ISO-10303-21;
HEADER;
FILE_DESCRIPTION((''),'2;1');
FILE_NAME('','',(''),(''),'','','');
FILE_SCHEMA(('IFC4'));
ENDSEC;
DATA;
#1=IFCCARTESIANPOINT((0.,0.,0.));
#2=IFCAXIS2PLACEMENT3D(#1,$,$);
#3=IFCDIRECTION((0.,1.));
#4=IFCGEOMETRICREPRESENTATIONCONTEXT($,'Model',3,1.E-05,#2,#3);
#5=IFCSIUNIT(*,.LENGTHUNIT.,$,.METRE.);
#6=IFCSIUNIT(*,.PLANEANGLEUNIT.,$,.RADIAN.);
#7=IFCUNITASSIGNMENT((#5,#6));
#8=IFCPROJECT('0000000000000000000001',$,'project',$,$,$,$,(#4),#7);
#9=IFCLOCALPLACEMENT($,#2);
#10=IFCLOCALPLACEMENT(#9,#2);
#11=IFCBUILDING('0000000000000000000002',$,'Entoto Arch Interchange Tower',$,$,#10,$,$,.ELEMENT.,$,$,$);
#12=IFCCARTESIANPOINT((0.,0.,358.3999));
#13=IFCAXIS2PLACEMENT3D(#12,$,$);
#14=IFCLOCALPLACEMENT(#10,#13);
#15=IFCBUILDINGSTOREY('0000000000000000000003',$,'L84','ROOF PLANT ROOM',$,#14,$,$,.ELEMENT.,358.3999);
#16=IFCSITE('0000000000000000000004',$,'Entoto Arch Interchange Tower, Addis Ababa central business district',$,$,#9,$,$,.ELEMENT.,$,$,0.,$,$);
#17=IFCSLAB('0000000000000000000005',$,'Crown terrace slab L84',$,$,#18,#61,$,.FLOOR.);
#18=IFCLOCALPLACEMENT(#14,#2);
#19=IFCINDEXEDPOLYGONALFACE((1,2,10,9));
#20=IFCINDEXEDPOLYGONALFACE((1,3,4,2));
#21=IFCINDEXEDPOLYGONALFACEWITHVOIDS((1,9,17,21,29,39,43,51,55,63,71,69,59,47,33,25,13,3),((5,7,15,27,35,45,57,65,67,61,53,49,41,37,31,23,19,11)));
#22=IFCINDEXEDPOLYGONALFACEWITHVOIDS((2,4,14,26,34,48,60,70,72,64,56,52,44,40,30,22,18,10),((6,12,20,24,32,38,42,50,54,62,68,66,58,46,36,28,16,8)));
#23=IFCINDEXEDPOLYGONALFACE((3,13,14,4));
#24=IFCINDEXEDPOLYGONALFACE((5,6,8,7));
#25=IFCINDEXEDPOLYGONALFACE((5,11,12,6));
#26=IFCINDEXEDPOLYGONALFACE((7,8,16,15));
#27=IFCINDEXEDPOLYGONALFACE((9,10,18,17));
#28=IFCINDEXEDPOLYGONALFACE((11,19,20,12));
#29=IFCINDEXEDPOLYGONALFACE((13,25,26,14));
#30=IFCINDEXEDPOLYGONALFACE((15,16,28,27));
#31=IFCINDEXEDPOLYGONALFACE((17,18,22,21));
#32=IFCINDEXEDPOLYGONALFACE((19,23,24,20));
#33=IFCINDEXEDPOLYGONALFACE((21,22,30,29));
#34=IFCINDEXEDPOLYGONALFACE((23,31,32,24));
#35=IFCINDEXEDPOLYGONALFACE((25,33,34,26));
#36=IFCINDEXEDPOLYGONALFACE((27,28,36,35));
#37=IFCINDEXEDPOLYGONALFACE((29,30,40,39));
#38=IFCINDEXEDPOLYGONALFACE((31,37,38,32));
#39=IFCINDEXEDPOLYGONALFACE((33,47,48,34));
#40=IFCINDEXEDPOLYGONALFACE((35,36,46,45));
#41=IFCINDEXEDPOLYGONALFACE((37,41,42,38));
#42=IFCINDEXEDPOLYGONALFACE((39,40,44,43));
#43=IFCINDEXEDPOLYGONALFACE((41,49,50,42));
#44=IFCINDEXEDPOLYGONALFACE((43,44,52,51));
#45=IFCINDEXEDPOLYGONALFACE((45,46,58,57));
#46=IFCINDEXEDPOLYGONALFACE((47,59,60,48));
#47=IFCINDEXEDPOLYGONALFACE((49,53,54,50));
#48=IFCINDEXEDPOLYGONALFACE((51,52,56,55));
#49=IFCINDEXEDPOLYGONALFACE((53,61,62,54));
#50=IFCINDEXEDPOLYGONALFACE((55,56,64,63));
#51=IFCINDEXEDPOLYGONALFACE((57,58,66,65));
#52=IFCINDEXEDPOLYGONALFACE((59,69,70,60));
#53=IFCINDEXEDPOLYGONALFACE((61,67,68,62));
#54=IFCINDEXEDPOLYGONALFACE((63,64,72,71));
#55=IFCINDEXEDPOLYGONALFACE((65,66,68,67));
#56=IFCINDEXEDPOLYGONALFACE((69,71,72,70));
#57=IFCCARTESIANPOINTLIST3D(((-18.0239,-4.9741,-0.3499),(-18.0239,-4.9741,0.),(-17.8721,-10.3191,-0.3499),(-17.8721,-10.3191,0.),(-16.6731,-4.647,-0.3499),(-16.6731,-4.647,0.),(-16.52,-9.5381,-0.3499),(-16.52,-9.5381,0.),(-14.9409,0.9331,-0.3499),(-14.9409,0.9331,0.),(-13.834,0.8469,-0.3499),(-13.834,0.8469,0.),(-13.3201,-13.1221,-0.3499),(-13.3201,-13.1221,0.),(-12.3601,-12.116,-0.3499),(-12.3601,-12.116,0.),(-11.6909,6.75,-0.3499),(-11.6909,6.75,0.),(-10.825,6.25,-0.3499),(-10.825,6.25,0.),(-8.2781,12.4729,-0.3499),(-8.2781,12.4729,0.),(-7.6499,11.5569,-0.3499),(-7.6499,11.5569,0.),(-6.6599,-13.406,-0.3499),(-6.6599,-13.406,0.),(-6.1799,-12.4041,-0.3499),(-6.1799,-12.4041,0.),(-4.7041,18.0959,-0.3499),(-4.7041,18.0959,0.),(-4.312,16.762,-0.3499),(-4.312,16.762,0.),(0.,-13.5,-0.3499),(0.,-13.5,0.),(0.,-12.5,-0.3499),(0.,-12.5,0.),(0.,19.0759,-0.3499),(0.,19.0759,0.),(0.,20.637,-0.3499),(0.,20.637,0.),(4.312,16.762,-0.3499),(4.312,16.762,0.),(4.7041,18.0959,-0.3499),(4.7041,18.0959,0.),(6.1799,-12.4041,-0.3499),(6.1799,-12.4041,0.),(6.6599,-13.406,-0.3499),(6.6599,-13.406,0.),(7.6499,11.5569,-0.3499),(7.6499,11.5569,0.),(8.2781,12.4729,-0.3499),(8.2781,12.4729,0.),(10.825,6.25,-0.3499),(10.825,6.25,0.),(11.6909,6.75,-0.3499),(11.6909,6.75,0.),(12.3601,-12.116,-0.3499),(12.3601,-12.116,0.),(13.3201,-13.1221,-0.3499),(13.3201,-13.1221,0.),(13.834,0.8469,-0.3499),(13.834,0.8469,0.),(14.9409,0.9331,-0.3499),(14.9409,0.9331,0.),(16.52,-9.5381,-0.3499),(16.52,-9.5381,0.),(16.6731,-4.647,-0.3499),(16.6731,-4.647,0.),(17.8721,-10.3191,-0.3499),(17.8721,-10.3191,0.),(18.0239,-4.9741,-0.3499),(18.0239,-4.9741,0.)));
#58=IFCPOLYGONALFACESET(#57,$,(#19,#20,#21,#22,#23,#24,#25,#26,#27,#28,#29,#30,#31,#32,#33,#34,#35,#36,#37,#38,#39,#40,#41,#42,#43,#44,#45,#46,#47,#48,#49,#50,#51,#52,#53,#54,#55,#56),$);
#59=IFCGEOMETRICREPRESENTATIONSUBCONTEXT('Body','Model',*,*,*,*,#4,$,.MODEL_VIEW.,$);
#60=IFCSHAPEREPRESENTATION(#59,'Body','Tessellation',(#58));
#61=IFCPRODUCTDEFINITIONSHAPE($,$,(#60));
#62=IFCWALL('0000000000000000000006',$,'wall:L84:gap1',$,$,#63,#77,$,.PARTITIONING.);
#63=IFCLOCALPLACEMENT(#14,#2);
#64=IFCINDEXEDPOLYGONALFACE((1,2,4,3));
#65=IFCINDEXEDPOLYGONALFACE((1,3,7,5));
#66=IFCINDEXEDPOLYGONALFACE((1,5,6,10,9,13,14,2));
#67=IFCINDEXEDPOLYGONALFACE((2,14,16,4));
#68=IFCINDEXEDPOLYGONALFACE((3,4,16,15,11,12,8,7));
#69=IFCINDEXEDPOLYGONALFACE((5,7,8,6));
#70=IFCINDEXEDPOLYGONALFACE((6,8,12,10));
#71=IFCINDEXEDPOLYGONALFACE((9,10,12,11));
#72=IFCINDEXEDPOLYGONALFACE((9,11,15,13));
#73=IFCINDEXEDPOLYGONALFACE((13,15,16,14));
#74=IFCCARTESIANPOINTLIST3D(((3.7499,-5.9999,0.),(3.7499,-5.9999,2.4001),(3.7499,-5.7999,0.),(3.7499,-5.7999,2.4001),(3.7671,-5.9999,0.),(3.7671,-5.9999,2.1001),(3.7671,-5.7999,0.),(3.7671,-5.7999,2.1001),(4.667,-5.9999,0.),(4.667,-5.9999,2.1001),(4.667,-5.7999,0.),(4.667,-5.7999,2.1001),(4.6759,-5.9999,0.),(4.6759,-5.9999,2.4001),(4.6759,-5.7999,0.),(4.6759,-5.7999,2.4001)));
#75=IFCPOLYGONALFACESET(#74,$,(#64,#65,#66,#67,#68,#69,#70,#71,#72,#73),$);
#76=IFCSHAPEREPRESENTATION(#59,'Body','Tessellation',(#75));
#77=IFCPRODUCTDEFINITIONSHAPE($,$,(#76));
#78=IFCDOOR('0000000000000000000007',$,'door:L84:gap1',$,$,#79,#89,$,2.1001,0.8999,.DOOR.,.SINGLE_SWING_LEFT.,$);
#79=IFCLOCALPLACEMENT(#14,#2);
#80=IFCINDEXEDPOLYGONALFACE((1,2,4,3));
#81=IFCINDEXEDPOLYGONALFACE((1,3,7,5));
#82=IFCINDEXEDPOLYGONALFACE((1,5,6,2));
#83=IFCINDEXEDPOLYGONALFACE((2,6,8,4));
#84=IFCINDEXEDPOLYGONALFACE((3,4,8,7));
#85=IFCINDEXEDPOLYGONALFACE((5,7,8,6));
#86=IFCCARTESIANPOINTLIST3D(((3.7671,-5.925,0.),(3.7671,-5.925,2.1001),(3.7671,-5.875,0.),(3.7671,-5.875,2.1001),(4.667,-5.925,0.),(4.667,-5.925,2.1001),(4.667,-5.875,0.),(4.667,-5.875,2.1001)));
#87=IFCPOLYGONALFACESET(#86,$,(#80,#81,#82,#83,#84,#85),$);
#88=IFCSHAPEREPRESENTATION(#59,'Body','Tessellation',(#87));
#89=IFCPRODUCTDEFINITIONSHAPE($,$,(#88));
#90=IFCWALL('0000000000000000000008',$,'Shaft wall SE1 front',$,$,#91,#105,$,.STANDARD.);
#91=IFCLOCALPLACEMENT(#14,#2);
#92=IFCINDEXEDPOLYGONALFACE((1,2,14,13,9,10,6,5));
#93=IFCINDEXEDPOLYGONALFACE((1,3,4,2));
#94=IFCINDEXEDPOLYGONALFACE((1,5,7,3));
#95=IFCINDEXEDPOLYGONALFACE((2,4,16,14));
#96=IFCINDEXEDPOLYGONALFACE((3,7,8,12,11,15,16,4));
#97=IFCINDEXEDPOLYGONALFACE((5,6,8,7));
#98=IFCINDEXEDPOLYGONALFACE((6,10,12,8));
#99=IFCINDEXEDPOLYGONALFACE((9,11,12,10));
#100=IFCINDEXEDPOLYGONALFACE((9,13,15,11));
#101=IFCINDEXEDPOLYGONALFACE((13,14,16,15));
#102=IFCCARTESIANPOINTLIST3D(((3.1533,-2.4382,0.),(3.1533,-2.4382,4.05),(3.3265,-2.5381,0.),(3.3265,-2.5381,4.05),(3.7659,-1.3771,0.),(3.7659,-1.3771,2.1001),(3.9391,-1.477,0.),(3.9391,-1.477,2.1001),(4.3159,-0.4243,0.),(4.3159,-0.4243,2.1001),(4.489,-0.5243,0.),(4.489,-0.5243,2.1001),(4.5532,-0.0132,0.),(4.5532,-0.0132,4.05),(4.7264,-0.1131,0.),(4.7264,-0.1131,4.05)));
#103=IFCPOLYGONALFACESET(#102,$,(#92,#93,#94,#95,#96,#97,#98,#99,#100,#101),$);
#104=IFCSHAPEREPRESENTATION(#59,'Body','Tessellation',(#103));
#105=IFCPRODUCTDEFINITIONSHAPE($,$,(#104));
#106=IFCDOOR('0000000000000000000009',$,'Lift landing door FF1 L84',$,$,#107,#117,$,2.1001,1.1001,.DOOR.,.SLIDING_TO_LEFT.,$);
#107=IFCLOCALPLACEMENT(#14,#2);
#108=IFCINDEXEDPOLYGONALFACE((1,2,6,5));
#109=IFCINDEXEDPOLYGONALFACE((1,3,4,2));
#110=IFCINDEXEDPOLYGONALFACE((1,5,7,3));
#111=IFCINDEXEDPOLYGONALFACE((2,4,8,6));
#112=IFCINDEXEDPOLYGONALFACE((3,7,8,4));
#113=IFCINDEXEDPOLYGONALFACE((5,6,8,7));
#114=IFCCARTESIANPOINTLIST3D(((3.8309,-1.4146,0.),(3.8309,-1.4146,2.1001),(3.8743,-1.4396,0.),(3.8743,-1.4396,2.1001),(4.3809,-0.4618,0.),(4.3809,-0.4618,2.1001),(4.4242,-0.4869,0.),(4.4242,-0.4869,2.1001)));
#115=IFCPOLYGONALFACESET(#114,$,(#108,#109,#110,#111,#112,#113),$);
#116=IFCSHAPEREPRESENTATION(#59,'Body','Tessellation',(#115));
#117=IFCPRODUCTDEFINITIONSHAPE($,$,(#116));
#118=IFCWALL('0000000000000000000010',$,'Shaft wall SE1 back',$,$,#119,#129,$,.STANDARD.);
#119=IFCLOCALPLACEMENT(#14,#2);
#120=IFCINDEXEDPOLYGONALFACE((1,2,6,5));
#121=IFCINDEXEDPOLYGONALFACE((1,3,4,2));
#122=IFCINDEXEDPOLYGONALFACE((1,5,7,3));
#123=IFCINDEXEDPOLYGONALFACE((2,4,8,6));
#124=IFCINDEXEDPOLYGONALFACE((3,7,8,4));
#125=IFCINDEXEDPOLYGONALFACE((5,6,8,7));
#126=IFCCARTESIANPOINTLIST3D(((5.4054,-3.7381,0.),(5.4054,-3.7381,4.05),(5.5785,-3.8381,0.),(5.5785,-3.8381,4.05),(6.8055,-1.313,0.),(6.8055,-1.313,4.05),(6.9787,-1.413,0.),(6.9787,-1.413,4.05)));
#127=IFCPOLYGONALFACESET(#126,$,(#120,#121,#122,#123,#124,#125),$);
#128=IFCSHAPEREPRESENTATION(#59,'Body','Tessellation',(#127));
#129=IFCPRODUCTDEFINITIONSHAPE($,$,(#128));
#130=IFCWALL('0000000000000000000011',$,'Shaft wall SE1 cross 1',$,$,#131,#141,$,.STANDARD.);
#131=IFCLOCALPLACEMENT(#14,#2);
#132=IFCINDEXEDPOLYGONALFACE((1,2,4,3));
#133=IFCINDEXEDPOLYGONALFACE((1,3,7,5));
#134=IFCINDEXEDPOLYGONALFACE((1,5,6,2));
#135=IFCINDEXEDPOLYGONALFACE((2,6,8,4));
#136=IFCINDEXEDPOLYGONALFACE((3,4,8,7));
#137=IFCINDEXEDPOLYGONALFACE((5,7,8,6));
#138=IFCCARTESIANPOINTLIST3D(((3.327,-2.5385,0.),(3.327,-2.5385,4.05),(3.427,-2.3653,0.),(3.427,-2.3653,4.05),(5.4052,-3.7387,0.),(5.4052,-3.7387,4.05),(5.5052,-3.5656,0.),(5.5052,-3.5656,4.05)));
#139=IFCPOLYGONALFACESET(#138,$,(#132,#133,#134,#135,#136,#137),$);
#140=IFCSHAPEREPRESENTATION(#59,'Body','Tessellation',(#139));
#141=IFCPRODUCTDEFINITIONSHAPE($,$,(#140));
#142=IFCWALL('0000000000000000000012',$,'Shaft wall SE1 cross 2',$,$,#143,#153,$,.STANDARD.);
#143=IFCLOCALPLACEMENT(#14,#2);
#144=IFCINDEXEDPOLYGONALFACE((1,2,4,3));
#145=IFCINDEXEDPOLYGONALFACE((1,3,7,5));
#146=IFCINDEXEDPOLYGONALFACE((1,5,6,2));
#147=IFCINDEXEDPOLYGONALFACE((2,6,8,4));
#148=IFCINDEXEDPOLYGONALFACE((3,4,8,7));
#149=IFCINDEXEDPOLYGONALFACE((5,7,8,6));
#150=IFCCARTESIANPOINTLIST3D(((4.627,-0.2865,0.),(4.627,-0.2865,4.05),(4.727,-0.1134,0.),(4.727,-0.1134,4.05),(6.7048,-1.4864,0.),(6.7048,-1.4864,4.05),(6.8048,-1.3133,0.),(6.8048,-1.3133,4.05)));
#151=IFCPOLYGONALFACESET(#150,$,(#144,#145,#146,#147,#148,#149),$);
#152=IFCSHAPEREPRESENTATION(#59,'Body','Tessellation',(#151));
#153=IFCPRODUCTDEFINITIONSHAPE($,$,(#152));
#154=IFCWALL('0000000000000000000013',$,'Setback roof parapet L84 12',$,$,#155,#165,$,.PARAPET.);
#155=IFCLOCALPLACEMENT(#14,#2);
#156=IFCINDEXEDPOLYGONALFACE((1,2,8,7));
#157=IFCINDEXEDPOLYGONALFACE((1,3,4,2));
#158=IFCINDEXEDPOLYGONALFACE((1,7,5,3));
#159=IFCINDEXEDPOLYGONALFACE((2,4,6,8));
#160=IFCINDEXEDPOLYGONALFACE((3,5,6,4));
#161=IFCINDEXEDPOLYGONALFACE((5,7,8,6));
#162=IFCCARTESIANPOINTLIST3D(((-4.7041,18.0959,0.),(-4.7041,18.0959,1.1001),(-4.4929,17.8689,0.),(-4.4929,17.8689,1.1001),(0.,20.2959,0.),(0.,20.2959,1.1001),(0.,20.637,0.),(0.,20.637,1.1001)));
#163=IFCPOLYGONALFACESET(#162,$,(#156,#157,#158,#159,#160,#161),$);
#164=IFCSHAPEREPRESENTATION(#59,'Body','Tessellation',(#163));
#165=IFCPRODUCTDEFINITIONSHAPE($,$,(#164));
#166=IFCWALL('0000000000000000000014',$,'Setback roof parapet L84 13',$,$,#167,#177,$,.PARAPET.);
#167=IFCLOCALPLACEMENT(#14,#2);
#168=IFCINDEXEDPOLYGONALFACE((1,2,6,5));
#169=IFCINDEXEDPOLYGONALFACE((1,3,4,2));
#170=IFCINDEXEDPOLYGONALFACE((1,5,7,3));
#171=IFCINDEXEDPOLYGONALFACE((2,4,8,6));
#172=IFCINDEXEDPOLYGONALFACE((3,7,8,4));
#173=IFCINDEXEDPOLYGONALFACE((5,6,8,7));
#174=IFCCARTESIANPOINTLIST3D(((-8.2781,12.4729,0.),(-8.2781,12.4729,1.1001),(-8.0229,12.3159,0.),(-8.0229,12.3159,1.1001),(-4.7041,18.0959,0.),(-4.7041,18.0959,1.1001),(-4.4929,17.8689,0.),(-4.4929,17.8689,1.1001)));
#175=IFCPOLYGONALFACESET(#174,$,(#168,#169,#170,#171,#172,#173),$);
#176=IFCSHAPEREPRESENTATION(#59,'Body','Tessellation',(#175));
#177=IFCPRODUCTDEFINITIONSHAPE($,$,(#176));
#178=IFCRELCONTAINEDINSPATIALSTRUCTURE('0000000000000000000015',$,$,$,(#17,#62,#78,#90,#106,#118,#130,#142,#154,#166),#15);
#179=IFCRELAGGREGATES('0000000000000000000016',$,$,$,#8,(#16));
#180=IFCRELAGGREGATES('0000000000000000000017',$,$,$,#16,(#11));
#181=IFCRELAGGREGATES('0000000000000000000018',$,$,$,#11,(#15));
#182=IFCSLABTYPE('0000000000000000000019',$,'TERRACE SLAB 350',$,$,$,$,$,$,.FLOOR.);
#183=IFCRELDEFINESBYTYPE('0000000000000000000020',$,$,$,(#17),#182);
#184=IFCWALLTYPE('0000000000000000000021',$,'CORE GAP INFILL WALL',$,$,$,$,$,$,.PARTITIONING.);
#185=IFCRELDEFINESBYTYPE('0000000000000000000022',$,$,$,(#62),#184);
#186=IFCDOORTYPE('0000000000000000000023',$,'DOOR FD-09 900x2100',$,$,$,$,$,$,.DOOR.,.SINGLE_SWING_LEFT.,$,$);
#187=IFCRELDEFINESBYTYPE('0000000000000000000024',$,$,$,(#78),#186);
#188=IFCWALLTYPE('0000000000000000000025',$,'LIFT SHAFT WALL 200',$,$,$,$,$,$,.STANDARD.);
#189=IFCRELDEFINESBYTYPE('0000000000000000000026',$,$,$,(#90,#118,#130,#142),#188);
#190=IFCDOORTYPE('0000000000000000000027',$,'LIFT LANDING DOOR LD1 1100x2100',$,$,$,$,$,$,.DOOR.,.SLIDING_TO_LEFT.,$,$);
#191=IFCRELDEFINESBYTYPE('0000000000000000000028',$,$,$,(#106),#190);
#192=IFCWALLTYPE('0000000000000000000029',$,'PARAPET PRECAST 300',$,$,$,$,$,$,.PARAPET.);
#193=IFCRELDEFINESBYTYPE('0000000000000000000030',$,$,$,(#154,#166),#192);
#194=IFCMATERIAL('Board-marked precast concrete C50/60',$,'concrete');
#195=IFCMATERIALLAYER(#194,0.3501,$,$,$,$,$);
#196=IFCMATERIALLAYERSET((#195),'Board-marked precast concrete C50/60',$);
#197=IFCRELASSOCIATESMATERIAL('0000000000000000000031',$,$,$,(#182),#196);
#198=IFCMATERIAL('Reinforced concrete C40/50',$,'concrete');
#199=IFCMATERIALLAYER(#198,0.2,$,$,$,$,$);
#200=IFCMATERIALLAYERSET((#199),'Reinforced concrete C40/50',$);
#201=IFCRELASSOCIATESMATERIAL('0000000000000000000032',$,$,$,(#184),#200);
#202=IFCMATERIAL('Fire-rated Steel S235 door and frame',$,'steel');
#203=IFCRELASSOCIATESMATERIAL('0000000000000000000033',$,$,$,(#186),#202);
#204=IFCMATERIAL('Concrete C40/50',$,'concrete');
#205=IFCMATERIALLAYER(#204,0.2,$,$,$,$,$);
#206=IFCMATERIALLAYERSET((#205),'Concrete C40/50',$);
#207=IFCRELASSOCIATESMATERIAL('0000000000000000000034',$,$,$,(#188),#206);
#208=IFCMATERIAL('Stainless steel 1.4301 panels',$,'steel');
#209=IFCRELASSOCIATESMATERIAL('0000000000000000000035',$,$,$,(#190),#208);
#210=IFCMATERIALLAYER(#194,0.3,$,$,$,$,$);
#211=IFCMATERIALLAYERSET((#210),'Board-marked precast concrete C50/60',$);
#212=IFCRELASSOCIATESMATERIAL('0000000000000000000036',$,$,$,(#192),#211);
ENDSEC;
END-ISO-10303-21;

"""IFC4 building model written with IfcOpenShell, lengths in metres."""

from ifc_helpers import new_model, si_unit, direction, frame, frame_2d, origin, place, context, subcontext, project, spatial, polyline, rectangle, outline, extrude, material, layer, layer_set, type_object, element, fill, save


model = new_model("IFC4")

# Units and contexts
model_context = context("Model", 3, precision=1e-05, world=origin(), true_north=direction((0.0, 1.0)))
body_context = subcontext(model_context, "Body", "Model", "MODEL_VIEW")
ifc_project = project(units=[si_unit("LENGTHUNIT", "METRE"), si_unit("PLANEANGLEUNIT", "RADIAN")], contexts=[model_context])

# Site, building, storey
site_placement = place(None, origin())
site = spatial("IfcSite", under=ifc_project, at=site_placement, Name="Entoto Arch Interchange Tower, Addis Ababa central business district", CompositionType="ELEMENT", RefElevation=0.0)
building_placement = place(site_placement, origin())
building = spatial("IfcBuilding", under=site, at=building_placement, Name="Entoto Arch Interchange Tower", CompositionType="ELEMENT")
storey_placement = place(building_placement, frame((0.0, 0.0, 358.3999)))
storey = spatial("IfcBuildingStorey", under=building, at=storey_placement, Name="L84", Description="ROOF PLANT ROOM", CompositionType="ELEMENT", Elevation=358.3999)

# Slab
ifc_material_1 = material(Name="Board-marked precast concrete C50/60", Category="concrete")
ifc_layer_1 = layer(ifc_material_1, 0.3501)
ifc_layer_set_1 = layer_set([ifc_layer_1], Name="Board-marked precast concrete C50/60")
slab_type = type_object("IfcSlabType", Name="TERRACE SLAB 350", PredefinedType="FLOOR", material=ifc_layer_set_1)
slab_placement = place(storey_placement, frame((0.0, 0.0, -0.3499)))
element("IfcSlab", 1, at=slab_placement, inside=storey, type_object=slab_type, Name="Crown terrace slab L84", PredefinedType="FLOOR", context=body_context, shape_type="SweptSolid", body=[
    extrude(outline(polyline([(-17.8721, -10.3191), (-18.0239, -4.9741), (-14.9409, 0.9331), (-11.6909, 6.75), (-8.2781, 12.4729), (-4.7041, 18.0959), (0.0, 20.637), (4.7041, 18.0959), (8.2781, 12.4729), (11.6909, 6.75), (14.9409, 0.9331), (18.0239, -4.9741), (17.8721, -10.3191), (13.3201, -13.1221), (6.6599, -13.406), (0.0, -13.5), (-6.6599, -13.406), (-13.3201, -13.1221), (-17.8721, -10.3191)]), holes=[polyline([(-6.1799, -12.4041), (0.0, -12.5), (6.1799, -12.4041), (12.3601, -12.116), (16.52, -9.5381), (16.6731, -4.647), (13.834, 0.8469), (10.825, 6.25), (7.6499, 11.5569), (4.312, 16.762), (0.0, 19.0759), (-4.312, 16.762), (-7.6499, 11.5569), (-10.825, 6.25), (-13.834, 0.8469), (-16.6731, -4.647), (-16.52, -9.5381), (-12.3601, -12.116), (-6.1799, -12.4041)])]), origin(), (0.0, 0.0, 1.0), 0.3499),
])

# Walls, openings, doors
ifc_material_2 = material(Name="Reinforced concrete C40/50", Category="concrete")
ifc_layer_2 = layer(ifc_material_2, 0.2)
ifc_layer_set_2 = layer_set([ifc_layer_2], Name="Reinforced concrete C40/50")
wall_type_1 = type_object("IfcWallType", Name="CORE GAP INFILL WALL", PredefinedType="PARTITIONING", material=ifc_layer_set_2)
wall_1_placement = place(storey_placement, frame((3.75, -5.8999, 0.0), z_axis=(0.0, 0.0, 1.0), x_axis=(1.0, 0.0, 0.0)))
wall_1 = element("IfcWall", 2, at=wall_1_placement, inside=storey, type_object=wall_type_1, Name="wall:L84:gap1", PredefinedType="PARTITIONING", context=body_context, shape_type="SweptSolid", body=[
    extrude(rectangle(XDim=0.926, YDim=0.2, at=frame_2d((0.4629, 0.0))), origin(), (0.0, 0.0, 1.0), 2.4001),
])
opening_1_placement = place(wall_1_placement, frame((0.0171, 0.0, 0.0)))
opening_1 = element("IfcOpeningElement", 3, at=opening_1_placement, cuts=wall_1, PredefinedType="OPENING", context=body_context, shape_type="SweptSolid", body=[
    extrude(rectangle(XDim=0.8999, YDim=2.1001, at=frame_2d((0.45, 1.05))), frame((0.0, 0.1099, 0.0), z_axis=(0.0, -1.0, 0.0), x_axis=(1.0, 0.0, 0.0)), (0.0, 0.0, 1.0), 0.22),
])
ifc_material_3 = material(Name="Fire-rated Steel S235 door and frame", Category="steel")
door_type_1 = type_object("IfcDoorType", Name="DOOR FD-09 900x2100", OperationType="SINGLE_SWING_LEFT", PredefinedType="DOOR", material=ifc_material_3)
door_1_placement = place(opening_1_placement, origin())
door_1 = element("IfcDoor", 4, at=door_1_placement, inside=storey, type_object=door_type_1, Name="door:L84:gap1", OperationType="SINGLE_SWING_LEFT", OverallHeight=2.1001, OverallWidth=0.8999, PredefinedType="DOOR", context=body_context, shape_type="SweptSolid", body=[
    extrude(rectangle(XDim=0.8999, YDim=2.1001, at=frame_2d((0.45, 1.05))), frame((0.0, 0.0249, 0.0), z_axis=(0.0, -1.0, 0.0), x_axis=(1.0, 0.0, 0.0)), (0.0, 0.0, 1.0), 0.05),
])
fill(opening_1, door_1)
ifc_material_4 = material(Name="Concrete C40/50", Category="concrete")
ifc_layer_3 = layer(ifc_material_4, 0.2)
ifc_layer_set_3 = layer_set([ifc_layer_3], Name="Concrete C40/50")
wall_type_2 = type_object("IfcWallType", Name="LIFT SHAFT WALL 200", PredefinedType="STANDARD", material=ifc_layer_set_3)
wall_2_placement = place(storey_placement, frame((3.24, -2.488, 0.0), z_axis=(0.0, 0.0, 1.0), x_axis=(0.499946, 0.866056, 0.0)))
wall_2 = element("IfcWall", 5, at=wall_2_placement, inside=storey, type_object=wall_type_2, Name="Shaft wall SE1 front", PredefinedType="STANDARD", context=body_context, shape_type="SweptSolid", body=[
    extrude(rectangle(XDim=2.8, YDim=0.2, at=frame_2d((1.3999, 0.0))), origin(), (0.0, 0.0, 1.0), 4.05),
])
opening_2_placement = place(wall_2_placement, frame((1.2251, 0.0, 0.0)))
opening_2 = element("IfcOpeningElement", 6, at=opening_2_placement, cuts=wall_2, PredefinedType="OPENING", context=body_context, shape_type="SweptSolid", body=[
    extrude(rectangle(XDim=1.1001, YDim=2.1001, at=frame_2d((0.55, 1.05))), frame((0.0, 0.1099, 0.0), z_axis=(0.0, -1.0, 0.0), x_axis=(1.0, 0.0, 0.0)), (0.0, 0.0, 1.0), 0.22),
])
ifc_material_5 = material(Name="Stainless steel 1.4301 panels", Category="steel")
door_type_2 = type_object("IfcDoorType", Name="LIFT LANDING DOOR LD1 1100x2100", OperationType="SLIDING_TO_LEFT", PredefinedType="DOOR", material=ifc_material_5)
door_2_placement = place(opening_2_placement, origin())
door_2 = element("IfcDoor", 7, at=door_2_placement, inside=storey, type_object=door_type_2, Name="Lift landing door FF1 L84", OperationType="SLIDING_TO_LEFT", OverallHeight=2.1001, OverallWidth=1.1001, PredefinedType="DOOR", context=body_context, shape_type="SweptSolid", body=[
    extrude(rectangle(XDim=1.1001, YDim=2.1001, at=frame_2d((0.55, 1.05))), frame((0.0, 0.0249, 0.0), z_axis=(0.0, -1.0, 0.0), x_axis=(1.0, 0.0, 0.0)), (0.0, 0.0, 1.0), 0.05),
])
fill(opening_2, door_2)

# Walls
wall_3_placement = place(storey_placement, frame((5.4919, -3.7881, 0.0), z_axis=(0.0, 0.0, 1.0), x_axis=(0.500012, 0.866019, 0.0)))
element("IfcWall", 8, at=wall_3_placement, inside=storey, type_object=wall_type_2, Name="Shaft wall SE1 back", PredefinedType="STANDARD", context=body_context, shape_type="SweptSolid", body=[
    extrude(rectangle(XDim=2.8003, YDim=0.2, at=frame_2d((1.4001, 0.0))), origin(), (0.0, 0.0, 1.0), 4.05),
])
wall_4_placement = place(storey_placement, frame((3.377, -2.4519, 0.0), z_axis=(0.0, 0.0, 1.0), x_axis=(0.865955, -0.500122, 0.0)))
element("IfcWall", 9, at=wall_4_placement, inside=storey, type_object=wall_type_2, Name="Shaft wall SE1 cross 1", PredefinedType="STANDARD", context=body_context, shape_type="SweptSolid", body=[
    extrude(rectangle(XDim=2.3999, YDim=0.2, at=frame_2d((1.2, 0.0))), origin(), (0.0, 0.0, 1.0), 4.05),
])
wall_5_placement = place(storey_placement, frame((4.677, -0.2, 0.0), z_axis=(0.0, 0.0, 1.0), x_axis=(0.865974, -0.500089, 0.0)))
element("IfcWall", 10, at=wall_5_placement, inside=storey, type_object=wall_type_2, Name="Shaft wall SE1 cross 2", PredefinedType="STANDARD", context=body_context, shape_type="SweptSolid", body=[
    extrude(rectangle(XDim=2.3994, YDim=0.2, at=frame_2d((1.1997, 0.0))), origin(), (0.0, 0.0, 1.0), 4.05),
])
ifc_layer_4 = layer(ifc_material_1, 0.3)
ifc_layer_set_4 = layer_set([ifc_layer_4], Name="Board-marked precast concrete C50/60")
wall_type_3 = type_object("IfcWallType", Name="PARAPET PRECAST 300", PredefinedType="PARAPET", material=ifc_layer_set_4)
wall_6_placement = place(storey_placement, origin())
element("IfcWall", 11, at=wall_6_placement, inside=storey, type_object=wall_type_3, Name="Setback roof parapet L84 12", PredefinedType="PARAPET", context=body_context, shape_type="SweptSolid", body=[
    extrude(outline(polyline([(0.0, 20.637), (-4.7041, 18.0959), (-4.4929, 17.8689), (0.0, 20.2959), (0.0, 20.637)])), origin(), (0.0, 0.0, 1.0), 1.1001),
])
wall_7_placement = place(storey_placement, origin())
element("IfcWall", 12, at=wall_7_placement, inside=storey, type_object=wall_type_3, Name="Setback roof parapet L84 13", PredefinedType="PARAPET", context=body_context, shape_type="SweptSolid", body=[
    extrude(outline(polyline([(-4.7041, 18.0959), (-8.2781, 12.4729), (-8.0229, 12.3159), (-4.4929, 17.8689), (-4.7041, 18.0959)])), origin(), (0.0, 0.0, 1.0), 1.1001),
])

save(model, "model.ifc")
